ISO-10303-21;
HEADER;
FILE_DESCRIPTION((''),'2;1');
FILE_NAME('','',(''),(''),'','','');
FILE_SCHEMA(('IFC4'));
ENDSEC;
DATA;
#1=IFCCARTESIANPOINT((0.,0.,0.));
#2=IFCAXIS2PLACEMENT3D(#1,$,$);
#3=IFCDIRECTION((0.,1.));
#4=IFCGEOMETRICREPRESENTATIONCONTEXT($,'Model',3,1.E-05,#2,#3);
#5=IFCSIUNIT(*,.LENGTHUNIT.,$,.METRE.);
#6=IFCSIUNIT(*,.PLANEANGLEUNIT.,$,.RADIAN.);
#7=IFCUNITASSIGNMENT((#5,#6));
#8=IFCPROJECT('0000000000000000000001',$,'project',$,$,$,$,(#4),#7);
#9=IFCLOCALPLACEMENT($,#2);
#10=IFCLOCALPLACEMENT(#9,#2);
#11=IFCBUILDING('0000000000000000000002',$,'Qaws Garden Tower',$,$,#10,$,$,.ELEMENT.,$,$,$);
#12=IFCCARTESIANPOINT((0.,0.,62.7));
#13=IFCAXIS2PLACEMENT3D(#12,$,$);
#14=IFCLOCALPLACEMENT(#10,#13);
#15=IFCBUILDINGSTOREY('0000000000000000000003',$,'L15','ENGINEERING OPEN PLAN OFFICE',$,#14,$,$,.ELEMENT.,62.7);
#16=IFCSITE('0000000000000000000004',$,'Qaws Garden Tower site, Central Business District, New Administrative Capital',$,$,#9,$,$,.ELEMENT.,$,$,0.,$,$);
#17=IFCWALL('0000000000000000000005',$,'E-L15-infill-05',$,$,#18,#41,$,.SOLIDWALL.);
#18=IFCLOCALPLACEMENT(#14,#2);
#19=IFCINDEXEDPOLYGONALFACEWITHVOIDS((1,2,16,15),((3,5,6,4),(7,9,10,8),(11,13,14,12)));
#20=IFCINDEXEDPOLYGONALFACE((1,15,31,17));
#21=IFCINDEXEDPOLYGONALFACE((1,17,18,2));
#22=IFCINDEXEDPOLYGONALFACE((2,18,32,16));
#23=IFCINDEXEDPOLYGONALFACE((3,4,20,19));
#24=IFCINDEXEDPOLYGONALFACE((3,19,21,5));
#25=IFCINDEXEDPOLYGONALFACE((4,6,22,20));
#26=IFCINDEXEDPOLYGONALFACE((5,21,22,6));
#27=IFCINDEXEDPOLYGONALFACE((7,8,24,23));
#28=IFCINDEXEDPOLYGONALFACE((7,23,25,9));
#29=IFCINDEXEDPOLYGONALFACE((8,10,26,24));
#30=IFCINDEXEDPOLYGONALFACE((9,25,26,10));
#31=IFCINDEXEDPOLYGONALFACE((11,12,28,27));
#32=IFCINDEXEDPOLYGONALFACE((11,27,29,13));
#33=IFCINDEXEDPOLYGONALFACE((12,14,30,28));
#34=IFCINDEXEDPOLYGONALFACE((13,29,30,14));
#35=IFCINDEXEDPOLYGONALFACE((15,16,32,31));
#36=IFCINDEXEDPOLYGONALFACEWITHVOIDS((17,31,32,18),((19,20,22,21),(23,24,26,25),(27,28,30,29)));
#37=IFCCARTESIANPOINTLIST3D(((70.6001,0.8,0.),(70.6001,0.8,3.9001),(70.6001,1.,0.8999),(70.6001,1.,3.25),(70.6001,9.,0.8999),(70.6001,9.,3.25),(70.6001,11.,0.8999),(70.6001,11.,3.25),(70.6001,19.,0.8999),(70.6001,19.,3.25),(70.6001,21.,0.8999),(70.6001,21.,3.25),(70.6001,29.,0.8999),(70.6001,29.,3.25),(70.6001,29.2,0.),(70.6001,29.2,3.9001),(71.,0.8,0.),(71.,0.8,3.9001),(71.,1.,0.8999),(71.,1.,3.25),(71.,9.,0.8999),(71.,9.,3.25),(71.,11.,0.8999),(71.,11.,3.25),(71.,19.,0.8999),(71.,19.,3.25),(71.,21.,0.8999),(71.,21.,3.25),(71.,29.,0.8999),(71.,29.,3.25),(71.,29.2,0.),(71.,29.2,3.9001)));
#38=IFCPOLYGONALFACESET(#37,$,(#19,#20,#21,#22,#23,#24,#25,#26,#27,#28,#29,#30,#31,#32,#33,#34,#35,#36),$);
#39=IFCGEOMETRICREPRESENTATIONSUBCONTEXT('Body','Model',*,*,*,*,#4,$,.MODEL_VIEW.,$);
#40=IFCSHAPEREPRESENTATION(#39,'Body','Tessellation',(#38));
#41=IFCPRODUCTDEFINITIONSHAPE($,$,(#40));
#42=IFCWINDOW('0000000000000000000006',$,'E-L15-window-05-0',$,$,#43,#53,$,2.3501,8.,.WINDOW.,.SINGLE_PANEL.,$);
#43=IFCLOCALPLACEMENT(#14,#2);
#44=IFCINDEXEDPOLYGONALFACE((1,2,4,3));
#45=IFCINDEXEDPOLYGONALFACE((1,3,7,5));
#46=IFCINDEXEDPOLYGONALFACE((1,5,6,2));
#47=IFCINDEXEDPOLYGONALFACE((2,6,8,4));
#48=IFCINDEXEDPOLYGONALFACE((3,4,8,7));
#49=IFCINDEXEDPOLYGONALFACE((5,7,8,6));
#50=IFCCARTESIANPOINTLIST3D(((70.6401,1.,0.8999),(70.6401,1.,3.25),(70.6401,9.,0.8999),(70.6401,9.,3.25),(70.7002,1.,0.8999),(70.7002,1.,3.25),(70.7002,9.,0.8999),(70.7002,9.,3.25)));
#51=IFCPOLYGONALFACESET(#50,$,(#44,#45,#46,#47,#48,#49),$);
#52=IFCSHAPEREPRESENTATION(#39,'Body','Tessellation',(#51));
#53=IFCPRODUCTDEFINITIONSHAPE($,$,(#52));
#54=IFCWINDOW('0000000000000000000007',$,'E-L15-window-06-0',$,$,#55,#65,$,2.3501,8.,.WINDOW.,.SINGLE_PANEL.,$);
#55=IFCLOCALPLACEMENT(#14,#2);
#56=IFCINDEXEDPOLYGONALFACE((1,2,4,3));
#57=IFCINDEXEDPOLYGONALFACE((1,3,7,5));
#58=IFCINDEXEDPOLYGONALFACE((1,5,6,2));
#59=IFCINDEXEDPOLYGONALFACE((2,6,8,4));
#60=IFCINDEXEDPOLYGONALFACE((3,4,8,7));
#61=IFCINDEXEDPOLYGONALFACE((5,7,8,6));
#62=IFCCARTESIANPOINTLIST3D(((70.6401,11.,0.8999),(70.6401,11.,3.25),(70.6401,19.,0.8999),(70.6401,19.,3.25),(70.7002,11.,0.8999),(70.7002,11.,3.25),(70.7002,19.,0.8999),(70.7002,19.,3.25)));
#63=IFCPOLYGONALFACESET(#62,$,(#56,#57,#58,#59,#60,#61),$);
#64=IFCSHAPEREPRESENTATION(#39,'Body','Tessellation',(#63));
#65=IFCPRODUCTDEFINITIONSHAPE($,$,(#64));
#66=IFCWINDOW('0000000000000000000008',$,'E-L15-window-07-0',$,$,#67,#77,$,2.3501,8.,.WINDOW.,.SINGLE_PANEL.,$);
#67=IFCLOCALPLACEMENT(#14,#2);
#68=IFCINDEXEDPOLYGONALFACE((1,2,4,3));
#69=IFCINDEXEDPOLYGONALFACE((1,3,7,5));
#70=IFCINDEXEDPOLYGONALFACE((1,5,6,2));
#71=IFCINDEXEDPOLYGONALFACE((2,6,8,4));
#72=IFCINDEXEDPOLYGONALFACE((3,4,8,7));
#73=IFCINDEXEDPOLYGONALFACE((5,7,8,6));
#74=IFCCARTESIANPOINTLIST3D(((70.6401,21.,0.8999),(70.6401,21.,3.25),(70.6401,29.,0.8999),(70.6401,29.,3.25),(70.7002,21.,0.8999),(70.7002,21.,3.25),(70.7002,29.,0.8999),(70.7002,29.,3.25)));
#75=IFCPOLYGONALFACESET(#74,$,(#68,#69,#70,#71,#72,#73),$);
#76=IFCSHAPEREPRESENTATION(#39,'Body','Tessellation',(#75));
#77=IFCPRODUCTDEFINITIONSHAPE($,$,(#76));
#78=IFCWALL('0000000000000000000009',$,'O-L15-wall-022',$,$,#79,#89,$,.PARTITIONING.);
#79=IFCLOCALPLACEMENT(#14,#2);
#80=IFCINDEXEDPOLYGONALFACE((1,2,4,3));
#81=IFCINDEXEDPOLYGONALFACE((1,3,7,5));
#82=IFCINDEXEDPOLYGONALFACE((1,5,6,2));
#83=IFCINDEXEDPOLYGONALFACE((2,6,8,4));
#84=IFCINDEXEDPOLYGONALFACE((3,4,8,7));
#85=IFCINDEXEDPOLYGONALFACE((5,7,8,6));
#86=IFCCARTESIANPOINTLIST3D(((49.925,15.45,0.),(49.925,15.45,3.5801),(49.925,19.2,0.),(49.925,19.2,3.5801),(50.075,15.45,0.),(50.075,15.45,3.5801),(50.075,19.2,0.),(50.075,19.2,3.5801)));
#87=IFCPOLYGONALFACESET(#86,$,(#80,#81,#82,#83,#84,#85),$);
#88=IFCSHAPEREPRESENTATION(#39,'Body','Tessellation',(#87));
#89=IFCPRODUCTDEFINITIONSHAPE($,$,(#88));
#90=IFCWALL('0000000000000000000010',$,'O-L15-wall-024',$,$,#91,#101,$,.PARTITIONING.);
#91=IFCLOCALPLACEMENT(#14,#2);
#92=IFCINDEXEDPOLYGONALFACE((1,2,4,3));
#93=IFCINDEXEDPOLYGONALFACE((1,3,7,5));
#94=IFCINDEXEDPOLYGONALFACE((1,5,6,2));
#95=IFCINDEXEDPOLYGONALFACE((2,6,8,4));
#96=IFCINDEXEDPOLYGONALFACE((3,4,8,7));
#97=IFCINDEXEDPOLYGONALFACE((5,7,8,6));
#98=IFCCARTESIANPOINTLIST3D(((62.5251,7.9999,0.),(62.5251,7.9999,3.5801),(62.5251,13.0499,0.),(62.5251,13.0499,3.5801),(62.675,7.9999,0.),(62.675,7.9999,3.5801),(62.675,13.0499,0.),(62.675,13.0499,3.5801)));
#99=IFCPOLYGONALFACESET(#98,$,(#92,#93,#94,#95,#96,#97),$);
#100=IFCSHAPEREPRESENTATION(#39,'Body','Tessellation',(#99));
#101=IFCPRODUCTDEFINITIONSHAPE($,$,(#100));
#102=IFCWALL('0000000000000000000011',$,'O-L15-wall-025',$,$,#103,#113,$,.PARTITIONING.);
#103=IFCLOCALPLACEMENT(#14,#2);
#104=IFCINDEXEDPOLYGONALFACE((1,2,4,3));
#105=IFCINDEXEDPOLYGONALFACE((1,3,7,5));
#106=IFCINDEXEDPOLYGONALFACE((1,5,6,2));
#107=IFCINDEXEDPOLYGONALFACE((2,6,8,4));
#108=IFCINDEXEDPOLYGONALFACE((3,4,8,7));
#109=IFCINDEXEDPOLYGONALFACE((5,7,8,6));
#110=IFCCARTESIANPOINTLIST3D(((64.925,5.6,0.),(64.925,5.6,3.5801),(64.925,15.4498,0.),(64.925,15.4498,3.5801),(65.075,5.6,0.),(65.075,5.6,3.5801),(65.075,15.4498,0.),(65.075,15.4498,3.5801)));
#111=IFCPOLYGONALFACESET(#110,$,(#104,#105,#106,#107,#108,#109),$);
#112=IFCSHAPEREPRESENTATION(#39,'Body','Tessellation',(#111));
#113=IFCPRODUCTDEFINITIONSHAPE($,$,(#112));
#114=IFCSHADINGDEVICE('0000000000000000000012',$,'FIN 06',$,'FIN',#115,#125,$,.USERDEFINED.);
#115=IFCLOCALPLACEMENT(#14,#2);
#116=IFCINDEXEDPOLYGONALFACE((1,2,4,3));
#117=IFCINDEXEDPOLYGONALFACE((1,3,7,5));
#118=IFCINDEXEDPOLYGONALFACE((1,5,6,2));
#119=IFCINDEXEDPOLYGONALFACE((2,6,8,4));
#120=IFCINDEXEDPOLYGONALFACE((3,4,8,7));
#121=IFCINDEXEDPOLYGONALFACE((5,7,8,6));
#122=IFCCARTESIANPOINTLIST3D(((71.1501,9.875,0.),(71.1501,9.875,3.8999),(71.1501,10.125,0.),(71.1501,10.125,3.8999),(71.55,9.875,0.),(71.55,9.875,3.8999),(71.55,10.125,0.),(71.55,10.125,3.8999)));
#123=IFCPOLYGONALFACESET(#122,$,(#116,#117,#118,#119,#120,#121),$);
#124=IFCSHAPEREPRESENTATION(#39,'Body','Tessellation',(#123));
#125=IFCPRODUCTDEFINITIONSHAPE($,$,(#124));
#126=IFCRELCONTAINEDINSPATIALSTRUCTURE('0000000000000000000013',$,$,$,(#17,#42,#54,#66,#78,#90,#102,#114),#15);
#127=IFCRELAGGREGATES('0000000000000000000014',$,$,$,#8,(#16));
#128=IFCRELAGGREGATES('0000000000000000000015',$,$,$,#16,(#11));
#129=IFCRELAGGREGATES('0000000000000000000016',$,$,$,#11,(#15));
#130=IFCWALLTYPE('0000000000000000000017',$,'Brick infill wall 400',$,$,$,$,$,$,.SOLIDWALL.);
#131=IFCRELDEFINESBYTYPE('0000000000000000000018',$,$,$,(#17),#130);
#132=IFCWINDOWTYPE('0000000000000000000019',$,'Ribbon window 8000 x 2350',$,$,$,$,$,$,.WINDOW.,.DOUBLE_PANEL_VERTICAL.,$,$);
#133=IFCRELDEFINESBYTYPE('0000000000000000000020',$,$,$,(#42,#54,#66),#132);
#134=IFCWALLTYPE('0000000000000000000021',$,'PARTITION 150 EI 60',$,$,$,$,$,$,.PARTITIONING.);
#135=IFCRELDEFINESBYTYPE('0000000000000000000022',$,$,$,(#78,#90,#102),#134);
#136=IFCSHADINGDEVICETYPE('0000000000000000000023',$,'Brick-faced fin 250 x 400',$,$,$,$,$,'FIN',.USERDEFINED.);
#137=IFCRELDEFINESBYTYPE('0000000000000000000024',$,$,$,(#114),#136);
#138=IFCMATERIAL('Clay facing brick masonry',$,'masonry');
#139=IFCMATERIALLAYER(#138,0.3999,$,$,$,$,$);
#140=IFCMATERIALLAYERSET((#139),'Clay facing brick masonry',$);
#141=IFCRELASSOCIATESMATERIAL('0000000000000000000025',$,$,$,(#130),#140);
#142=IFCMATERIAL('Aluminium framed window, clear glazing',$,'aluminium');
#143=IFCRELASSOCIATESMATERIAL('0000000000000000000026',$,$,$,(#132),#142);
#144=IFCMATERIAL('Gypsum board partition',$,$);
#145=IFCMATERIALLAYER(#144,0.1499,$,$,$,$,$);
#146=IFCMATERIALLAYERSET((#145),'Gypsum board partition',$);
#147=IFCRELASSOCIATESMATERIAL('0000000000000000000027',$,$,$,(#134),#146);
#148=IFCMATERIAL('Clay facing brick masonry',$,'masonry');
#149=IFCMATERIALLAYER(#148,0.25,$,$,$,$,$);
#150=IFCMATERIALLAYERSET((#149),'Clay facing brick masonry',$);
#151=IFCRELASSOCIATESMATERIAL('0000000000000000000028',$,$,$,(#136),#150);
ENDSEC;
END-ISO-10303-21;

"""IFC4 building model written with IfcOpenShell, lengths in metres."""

from ifc_helpers import new_model, si_unit, direction, frame, frame_2d, origin, origin_2d, place, context, subcontext, project, spatial, rectangle, extrude, material, layer, layer_set, type_object, element, fill, save


model = new_model("IFC4")

# Units and contexts
model_context = context("Model", 3, precision=1e-05, world=origin(), true_north=direction((0.0, 1.0)))
body_context = subcontext(model_context, "Body", "Model", "MODEL_VIEW")
ifc_project = project(units=[si_unit("LENGTHUNIT", "METRE"), si_unit("PLANEANGLEUNIT", "RADIAN")], contexts=[model_context])

# Site, building, storey
site_placement = place(None, origin())
site = spatial("IfcSite", under=ifc_project, at=site_placement, Name="Qaws Garden Tower site, Central Business District, New Administrative Capital", CompositionType="ELEMENT", RefElevation=0.0)
building_placement = place(site_placement, origin())
building = spatial("IfcBuilding", under=site, at=building_placement, Name="Qaws Garden Tower", CompositionType="ELEMENT")
storey_placement = place(building_placement, frame((0.0, 0.0, 62.7)))
storey = spatial("IfcBuildingStorey", under=building, at=storey_placement, Name="L15", Description="ENGINEERING OPEN PLAN OFFICE", CompositionType="ELEMENT", Elevation=62.7)

# Wall, openings, windows
ifc_material_1 = material(Name="Clay facing brick masonry", Category="masonry")
ifc_layer_1 = layer(ifc_material_1, 0.3999)
ifc_layer_set_1 = layer_set([ifc_layer_1], Name="Clay facing brick masonry")
wall_type_1 = type_object("IfcWallType", Name="Brick infill wall 400", PredefinedType="SOLIDWALL", material=ifc_layer_set_1)
wall_1_placement = place(storey_placement, frame((70.8, 0.8, 0.0), z_axis=(0.0, 0.0, 1.0), x_axis=(0.0, 1.0, 0.0)))
wall_1 = element("IfcWall", 1, at=wall_1_placement, inside=storey, type_object=wall_type_1, Name="E-L15-infill-05", PredefinedType="SOLIDWALL", context=body_context, shape_type="SweptSolid", body=[
    extrude(rectangle(XDim=28.3999, YDim=0.3999, at=frame_2d((14.2, 0.0))), origin(), (0.0, 0.0, 1.0), 3.9001),
])
opening_1_placement = place(wall_1_placement, frame((0.2, 0.0, 0.8999)))
opening_1 = element("IfcOpeningElement", 2, at=opening_1_placement, cuts=wall_1, PredefinedType="OPENING", context=body_context, shape_type="SweptSolid", body=[
    extrude(rectangle(XDim=8.0, YDim=2.3501, at=frame_2d((4.0, 1.175))), frame((0.0, 0.21, 0.0), z_axis=(0.0, -1.0, 0.0), x_axis=(1.0, 0.0, 0.0)), (0.0, 0.0, 1.0), 0.4199),
])
opening_2_placement = place(wall_1_placement, frame((10.2, 0.0, 0.8999)))
opening_2 = element("IfcOpeningElement", 3, at=opening_2_placement, cuts=wall_1, PredefinedType="OPENING", context=body_context, shape_type="SweptSolid", body=[
    extrude(rectangle(XDim=8.0, YDim=2.3501, at=frame_2d((4.0, 1.175))), frame((0.0, 0.21, 0.0), z_axis=(0.0, -1.0, 0.0), x_axis=(1.0, 0.0, 0.0)), (0.0, 0.0, 1.0), 0.4199),
])
opening_3_placement = place(wall_1_placement, frame((20.2, 0.0, 0.8999)))
opening_3 = element("IfcOpeningElement", 4, at=opening_3_placement, cuts=wall_1, PredefinedType="OPENING", context=body_context, shape_type="SweptSolid", body=[
    extrude(rectangle(XDim=8.0, YDim=2.3501, at=frame_2d((4.0, 1.175))), frame((0.0, 0.21, 0.0), z_axis=(0.0, -1.0, 0.0), x_axis=(1.0, 0.0, 0.0)), (0.0, 0.0, 1.0), 0.4199),
])
ifc_material_2 = material(Name="Aluminium framed window, clear glazing", Category="aluminium")
window_type = type_object("IfcWindowType", Name="Ribbon window 8000 x 2350", PartitioningType="DOUBLE_PANEL_VERTICAL", PredefinedType="WINDOW", material=ifc_material_2)
window_1_placement = place(opening_1_placement, origin())
window_1 = element("IfcWindow", 5, at=window_1_placement, inside=storey, type_object=window_type, Name="E-L15-window-05-0", OverallHeight=2.3501, OverallWidth=8.0, PartitioningType="SINGLE_PANEL", PredefinedType="WINDOW", context=body_context, shape_type="SweptSolid", body=[
    extrude(rectangle(XDim=8.0, YDim=2.3501, at=frame_2d((4.0, 1.175))), frame((0.0, 0.1599, 0.0), z_axis=(0.0, -1.0, 0.0), x_axis=(1.0, 0.0, 0.0)), (0.0, 0.0, 1.0), 0.0601),
])
fill(opening_1, window_1)
window_2_placement = place(opening_2_placement, origin())
window_2 = element("IfcWindow", 6, at=window_2_placement, inside=storey, type_object=window_type, Name="E-L15-window-06-0", OverallHeight=2.3501, OverallWidth=8.0, PartitioningType="SINGLE_PANEL", PredefinedType="WINDOW", context=body_context, shape_type="SweptSolid", body=[
    extrude(rectangle(XDim=8.0, YDim=2.3501, at=frame_2d((4.0, 1.175))), frame((0.0, 0.1599, 0.0), z_axis=(0.0, -1.0, 0.0), x_axis=(1.0, 0.0, 0.0)), (0.0, 0.0, 1.0), 0.0601),
])
fill(opening_2, window_2)
window_3_placement = place(opening_3_placement, origin())
window_3 = element("IfcWindow", 7, at=window_3_placement, inside=storey, type_object=window_type, Name="E-L15-window-07-0", OverallHeight=2.3501, OverallWidth=8.0, PartitioningType="SINGLE_PANEL", PredefinedType="WINDOW", context=body_context, shape_type="SweptSolid", body=[
    extrude(rectangle(XDim=8.0, YDim=2.3501, at=frame_2d((4.0, 1.175))), frame((0.0, 0.1599, 0.0), z_axis=(0.0, -1.0, 0.0), x_axis=(1.0, 0.0, 0.0)), (0.0, 0.0, 1.0), 0.0601),
])
fill(opening_3, window_3)

# Walls
ifc_material_3 = material(Name="Gypsum board partition")
ifc_layer_2 = layer(ifc_material_3, 0.1499)
ifc_layer_set_2 = layer_set([ifc_layer_2], Name="Gypsum board partition")
wall_type_2 = type_object("IfcWallType", Name="PARTITION 150 EI 60", PredefinedType="PARTITIONING", material=ifc_layer_set_2)
wall_2_placement = place(storey_placement, frame((50.0, 15.45, 0.0), z_axis=(0.0, 0.0, 1.0), x_axis=(0.0, 1.0, 0.0)))
element("IfcWall", 8, at=wall_2_placement, inside=storey, type_object=wall_type_2, Name="O-L15-wall-022", PredefinedType="PARTITIONING", context=body_context, shape_type="SweptSolid", body=[
    extrude(rectangle(XDim=3.75, YDim=0.1499, at=frame_2d((1.875, 0.0))), origin(), (0.0, 0.0, 1.0), 3.5801),
])
wall_3_placement = place(storey_placement, frame((62.6001, 8.0, 0.0), z_axis=(0.0, 0.0, 1.0), x_axis=(0.0, 1.0, 0.0)))
element("IfcWall", 9, at=wall_3_placement, inside=storey, type_object=wall_type_2, Name="O-L15-wall-024", PredefinedType="PARTITIONING", context=body_context, shape_type="SweptSolid", body=[
    extrude(rectangle(XDim=5.05, YDim=0.1499, at=frame_2d((2.5249, 0.0))), origin(), (0.0, 0.0, 1.0), 3.5801),
])
wall_4_placement = place(storey_placement, frame((65.0, 5.6001, 0.0), z_axis=(0.0, 0.0, 1.0), x_axis=(0.0, 1.0, 0.0)))
element("IfcWall", 10, at=wall_4_placement, inside=storey, type_object=wall_type_2, Name="O-L15-wall-025", PredefinedType="PARTITIONING", context=body_context, shape_type="SweptSolid", body=[
    extrude(rectangle(XDim=9.8499, YDim=0.1499, at=frame_2d((4.9248, 0.0))), origin(), (0.0, 0.0, 1.0), 3.5801),
])

# Shading device
ifc_material_4 = material(Name="Clay facing brick masonry", Category="masonry")
ifc_layer_3 = layer(ifc_material_4, 0.25)
ifc_layer_set_3 = layer_set([ifc_layer_3], Name="Clay facing brick masonry")
shading_device_type = type_object("IfcShadingDeviceType", Name="Brick-faced fin 250 x 400", ElementType="FIN", PredefinedType="USERDEFINED", material=ifc_layer_set_3)
shading_device_placement = place(storey_placement, frame((71.3501, 10.0, 0.0), z_axis=(0.0, 0.0, 1.0), x_axis=(0.0, 1.0, 0.0)))
element("IfcShadingDevice", 11, at=shading_device_placement, inside=storey, type_object=shading_device_type, Name="FIN 06", ObjectType="FIN", PredefinedType="USERDEFINED", context=body_context, shape_type="SweptSolid", body=[
    extrude(rectangle(XDim=0.25, YDim=0.3999, at=origin_2d()), origin(), (0.0, 0.0, 1.0), 3.8999),
])

save(model, "model.ifc")
